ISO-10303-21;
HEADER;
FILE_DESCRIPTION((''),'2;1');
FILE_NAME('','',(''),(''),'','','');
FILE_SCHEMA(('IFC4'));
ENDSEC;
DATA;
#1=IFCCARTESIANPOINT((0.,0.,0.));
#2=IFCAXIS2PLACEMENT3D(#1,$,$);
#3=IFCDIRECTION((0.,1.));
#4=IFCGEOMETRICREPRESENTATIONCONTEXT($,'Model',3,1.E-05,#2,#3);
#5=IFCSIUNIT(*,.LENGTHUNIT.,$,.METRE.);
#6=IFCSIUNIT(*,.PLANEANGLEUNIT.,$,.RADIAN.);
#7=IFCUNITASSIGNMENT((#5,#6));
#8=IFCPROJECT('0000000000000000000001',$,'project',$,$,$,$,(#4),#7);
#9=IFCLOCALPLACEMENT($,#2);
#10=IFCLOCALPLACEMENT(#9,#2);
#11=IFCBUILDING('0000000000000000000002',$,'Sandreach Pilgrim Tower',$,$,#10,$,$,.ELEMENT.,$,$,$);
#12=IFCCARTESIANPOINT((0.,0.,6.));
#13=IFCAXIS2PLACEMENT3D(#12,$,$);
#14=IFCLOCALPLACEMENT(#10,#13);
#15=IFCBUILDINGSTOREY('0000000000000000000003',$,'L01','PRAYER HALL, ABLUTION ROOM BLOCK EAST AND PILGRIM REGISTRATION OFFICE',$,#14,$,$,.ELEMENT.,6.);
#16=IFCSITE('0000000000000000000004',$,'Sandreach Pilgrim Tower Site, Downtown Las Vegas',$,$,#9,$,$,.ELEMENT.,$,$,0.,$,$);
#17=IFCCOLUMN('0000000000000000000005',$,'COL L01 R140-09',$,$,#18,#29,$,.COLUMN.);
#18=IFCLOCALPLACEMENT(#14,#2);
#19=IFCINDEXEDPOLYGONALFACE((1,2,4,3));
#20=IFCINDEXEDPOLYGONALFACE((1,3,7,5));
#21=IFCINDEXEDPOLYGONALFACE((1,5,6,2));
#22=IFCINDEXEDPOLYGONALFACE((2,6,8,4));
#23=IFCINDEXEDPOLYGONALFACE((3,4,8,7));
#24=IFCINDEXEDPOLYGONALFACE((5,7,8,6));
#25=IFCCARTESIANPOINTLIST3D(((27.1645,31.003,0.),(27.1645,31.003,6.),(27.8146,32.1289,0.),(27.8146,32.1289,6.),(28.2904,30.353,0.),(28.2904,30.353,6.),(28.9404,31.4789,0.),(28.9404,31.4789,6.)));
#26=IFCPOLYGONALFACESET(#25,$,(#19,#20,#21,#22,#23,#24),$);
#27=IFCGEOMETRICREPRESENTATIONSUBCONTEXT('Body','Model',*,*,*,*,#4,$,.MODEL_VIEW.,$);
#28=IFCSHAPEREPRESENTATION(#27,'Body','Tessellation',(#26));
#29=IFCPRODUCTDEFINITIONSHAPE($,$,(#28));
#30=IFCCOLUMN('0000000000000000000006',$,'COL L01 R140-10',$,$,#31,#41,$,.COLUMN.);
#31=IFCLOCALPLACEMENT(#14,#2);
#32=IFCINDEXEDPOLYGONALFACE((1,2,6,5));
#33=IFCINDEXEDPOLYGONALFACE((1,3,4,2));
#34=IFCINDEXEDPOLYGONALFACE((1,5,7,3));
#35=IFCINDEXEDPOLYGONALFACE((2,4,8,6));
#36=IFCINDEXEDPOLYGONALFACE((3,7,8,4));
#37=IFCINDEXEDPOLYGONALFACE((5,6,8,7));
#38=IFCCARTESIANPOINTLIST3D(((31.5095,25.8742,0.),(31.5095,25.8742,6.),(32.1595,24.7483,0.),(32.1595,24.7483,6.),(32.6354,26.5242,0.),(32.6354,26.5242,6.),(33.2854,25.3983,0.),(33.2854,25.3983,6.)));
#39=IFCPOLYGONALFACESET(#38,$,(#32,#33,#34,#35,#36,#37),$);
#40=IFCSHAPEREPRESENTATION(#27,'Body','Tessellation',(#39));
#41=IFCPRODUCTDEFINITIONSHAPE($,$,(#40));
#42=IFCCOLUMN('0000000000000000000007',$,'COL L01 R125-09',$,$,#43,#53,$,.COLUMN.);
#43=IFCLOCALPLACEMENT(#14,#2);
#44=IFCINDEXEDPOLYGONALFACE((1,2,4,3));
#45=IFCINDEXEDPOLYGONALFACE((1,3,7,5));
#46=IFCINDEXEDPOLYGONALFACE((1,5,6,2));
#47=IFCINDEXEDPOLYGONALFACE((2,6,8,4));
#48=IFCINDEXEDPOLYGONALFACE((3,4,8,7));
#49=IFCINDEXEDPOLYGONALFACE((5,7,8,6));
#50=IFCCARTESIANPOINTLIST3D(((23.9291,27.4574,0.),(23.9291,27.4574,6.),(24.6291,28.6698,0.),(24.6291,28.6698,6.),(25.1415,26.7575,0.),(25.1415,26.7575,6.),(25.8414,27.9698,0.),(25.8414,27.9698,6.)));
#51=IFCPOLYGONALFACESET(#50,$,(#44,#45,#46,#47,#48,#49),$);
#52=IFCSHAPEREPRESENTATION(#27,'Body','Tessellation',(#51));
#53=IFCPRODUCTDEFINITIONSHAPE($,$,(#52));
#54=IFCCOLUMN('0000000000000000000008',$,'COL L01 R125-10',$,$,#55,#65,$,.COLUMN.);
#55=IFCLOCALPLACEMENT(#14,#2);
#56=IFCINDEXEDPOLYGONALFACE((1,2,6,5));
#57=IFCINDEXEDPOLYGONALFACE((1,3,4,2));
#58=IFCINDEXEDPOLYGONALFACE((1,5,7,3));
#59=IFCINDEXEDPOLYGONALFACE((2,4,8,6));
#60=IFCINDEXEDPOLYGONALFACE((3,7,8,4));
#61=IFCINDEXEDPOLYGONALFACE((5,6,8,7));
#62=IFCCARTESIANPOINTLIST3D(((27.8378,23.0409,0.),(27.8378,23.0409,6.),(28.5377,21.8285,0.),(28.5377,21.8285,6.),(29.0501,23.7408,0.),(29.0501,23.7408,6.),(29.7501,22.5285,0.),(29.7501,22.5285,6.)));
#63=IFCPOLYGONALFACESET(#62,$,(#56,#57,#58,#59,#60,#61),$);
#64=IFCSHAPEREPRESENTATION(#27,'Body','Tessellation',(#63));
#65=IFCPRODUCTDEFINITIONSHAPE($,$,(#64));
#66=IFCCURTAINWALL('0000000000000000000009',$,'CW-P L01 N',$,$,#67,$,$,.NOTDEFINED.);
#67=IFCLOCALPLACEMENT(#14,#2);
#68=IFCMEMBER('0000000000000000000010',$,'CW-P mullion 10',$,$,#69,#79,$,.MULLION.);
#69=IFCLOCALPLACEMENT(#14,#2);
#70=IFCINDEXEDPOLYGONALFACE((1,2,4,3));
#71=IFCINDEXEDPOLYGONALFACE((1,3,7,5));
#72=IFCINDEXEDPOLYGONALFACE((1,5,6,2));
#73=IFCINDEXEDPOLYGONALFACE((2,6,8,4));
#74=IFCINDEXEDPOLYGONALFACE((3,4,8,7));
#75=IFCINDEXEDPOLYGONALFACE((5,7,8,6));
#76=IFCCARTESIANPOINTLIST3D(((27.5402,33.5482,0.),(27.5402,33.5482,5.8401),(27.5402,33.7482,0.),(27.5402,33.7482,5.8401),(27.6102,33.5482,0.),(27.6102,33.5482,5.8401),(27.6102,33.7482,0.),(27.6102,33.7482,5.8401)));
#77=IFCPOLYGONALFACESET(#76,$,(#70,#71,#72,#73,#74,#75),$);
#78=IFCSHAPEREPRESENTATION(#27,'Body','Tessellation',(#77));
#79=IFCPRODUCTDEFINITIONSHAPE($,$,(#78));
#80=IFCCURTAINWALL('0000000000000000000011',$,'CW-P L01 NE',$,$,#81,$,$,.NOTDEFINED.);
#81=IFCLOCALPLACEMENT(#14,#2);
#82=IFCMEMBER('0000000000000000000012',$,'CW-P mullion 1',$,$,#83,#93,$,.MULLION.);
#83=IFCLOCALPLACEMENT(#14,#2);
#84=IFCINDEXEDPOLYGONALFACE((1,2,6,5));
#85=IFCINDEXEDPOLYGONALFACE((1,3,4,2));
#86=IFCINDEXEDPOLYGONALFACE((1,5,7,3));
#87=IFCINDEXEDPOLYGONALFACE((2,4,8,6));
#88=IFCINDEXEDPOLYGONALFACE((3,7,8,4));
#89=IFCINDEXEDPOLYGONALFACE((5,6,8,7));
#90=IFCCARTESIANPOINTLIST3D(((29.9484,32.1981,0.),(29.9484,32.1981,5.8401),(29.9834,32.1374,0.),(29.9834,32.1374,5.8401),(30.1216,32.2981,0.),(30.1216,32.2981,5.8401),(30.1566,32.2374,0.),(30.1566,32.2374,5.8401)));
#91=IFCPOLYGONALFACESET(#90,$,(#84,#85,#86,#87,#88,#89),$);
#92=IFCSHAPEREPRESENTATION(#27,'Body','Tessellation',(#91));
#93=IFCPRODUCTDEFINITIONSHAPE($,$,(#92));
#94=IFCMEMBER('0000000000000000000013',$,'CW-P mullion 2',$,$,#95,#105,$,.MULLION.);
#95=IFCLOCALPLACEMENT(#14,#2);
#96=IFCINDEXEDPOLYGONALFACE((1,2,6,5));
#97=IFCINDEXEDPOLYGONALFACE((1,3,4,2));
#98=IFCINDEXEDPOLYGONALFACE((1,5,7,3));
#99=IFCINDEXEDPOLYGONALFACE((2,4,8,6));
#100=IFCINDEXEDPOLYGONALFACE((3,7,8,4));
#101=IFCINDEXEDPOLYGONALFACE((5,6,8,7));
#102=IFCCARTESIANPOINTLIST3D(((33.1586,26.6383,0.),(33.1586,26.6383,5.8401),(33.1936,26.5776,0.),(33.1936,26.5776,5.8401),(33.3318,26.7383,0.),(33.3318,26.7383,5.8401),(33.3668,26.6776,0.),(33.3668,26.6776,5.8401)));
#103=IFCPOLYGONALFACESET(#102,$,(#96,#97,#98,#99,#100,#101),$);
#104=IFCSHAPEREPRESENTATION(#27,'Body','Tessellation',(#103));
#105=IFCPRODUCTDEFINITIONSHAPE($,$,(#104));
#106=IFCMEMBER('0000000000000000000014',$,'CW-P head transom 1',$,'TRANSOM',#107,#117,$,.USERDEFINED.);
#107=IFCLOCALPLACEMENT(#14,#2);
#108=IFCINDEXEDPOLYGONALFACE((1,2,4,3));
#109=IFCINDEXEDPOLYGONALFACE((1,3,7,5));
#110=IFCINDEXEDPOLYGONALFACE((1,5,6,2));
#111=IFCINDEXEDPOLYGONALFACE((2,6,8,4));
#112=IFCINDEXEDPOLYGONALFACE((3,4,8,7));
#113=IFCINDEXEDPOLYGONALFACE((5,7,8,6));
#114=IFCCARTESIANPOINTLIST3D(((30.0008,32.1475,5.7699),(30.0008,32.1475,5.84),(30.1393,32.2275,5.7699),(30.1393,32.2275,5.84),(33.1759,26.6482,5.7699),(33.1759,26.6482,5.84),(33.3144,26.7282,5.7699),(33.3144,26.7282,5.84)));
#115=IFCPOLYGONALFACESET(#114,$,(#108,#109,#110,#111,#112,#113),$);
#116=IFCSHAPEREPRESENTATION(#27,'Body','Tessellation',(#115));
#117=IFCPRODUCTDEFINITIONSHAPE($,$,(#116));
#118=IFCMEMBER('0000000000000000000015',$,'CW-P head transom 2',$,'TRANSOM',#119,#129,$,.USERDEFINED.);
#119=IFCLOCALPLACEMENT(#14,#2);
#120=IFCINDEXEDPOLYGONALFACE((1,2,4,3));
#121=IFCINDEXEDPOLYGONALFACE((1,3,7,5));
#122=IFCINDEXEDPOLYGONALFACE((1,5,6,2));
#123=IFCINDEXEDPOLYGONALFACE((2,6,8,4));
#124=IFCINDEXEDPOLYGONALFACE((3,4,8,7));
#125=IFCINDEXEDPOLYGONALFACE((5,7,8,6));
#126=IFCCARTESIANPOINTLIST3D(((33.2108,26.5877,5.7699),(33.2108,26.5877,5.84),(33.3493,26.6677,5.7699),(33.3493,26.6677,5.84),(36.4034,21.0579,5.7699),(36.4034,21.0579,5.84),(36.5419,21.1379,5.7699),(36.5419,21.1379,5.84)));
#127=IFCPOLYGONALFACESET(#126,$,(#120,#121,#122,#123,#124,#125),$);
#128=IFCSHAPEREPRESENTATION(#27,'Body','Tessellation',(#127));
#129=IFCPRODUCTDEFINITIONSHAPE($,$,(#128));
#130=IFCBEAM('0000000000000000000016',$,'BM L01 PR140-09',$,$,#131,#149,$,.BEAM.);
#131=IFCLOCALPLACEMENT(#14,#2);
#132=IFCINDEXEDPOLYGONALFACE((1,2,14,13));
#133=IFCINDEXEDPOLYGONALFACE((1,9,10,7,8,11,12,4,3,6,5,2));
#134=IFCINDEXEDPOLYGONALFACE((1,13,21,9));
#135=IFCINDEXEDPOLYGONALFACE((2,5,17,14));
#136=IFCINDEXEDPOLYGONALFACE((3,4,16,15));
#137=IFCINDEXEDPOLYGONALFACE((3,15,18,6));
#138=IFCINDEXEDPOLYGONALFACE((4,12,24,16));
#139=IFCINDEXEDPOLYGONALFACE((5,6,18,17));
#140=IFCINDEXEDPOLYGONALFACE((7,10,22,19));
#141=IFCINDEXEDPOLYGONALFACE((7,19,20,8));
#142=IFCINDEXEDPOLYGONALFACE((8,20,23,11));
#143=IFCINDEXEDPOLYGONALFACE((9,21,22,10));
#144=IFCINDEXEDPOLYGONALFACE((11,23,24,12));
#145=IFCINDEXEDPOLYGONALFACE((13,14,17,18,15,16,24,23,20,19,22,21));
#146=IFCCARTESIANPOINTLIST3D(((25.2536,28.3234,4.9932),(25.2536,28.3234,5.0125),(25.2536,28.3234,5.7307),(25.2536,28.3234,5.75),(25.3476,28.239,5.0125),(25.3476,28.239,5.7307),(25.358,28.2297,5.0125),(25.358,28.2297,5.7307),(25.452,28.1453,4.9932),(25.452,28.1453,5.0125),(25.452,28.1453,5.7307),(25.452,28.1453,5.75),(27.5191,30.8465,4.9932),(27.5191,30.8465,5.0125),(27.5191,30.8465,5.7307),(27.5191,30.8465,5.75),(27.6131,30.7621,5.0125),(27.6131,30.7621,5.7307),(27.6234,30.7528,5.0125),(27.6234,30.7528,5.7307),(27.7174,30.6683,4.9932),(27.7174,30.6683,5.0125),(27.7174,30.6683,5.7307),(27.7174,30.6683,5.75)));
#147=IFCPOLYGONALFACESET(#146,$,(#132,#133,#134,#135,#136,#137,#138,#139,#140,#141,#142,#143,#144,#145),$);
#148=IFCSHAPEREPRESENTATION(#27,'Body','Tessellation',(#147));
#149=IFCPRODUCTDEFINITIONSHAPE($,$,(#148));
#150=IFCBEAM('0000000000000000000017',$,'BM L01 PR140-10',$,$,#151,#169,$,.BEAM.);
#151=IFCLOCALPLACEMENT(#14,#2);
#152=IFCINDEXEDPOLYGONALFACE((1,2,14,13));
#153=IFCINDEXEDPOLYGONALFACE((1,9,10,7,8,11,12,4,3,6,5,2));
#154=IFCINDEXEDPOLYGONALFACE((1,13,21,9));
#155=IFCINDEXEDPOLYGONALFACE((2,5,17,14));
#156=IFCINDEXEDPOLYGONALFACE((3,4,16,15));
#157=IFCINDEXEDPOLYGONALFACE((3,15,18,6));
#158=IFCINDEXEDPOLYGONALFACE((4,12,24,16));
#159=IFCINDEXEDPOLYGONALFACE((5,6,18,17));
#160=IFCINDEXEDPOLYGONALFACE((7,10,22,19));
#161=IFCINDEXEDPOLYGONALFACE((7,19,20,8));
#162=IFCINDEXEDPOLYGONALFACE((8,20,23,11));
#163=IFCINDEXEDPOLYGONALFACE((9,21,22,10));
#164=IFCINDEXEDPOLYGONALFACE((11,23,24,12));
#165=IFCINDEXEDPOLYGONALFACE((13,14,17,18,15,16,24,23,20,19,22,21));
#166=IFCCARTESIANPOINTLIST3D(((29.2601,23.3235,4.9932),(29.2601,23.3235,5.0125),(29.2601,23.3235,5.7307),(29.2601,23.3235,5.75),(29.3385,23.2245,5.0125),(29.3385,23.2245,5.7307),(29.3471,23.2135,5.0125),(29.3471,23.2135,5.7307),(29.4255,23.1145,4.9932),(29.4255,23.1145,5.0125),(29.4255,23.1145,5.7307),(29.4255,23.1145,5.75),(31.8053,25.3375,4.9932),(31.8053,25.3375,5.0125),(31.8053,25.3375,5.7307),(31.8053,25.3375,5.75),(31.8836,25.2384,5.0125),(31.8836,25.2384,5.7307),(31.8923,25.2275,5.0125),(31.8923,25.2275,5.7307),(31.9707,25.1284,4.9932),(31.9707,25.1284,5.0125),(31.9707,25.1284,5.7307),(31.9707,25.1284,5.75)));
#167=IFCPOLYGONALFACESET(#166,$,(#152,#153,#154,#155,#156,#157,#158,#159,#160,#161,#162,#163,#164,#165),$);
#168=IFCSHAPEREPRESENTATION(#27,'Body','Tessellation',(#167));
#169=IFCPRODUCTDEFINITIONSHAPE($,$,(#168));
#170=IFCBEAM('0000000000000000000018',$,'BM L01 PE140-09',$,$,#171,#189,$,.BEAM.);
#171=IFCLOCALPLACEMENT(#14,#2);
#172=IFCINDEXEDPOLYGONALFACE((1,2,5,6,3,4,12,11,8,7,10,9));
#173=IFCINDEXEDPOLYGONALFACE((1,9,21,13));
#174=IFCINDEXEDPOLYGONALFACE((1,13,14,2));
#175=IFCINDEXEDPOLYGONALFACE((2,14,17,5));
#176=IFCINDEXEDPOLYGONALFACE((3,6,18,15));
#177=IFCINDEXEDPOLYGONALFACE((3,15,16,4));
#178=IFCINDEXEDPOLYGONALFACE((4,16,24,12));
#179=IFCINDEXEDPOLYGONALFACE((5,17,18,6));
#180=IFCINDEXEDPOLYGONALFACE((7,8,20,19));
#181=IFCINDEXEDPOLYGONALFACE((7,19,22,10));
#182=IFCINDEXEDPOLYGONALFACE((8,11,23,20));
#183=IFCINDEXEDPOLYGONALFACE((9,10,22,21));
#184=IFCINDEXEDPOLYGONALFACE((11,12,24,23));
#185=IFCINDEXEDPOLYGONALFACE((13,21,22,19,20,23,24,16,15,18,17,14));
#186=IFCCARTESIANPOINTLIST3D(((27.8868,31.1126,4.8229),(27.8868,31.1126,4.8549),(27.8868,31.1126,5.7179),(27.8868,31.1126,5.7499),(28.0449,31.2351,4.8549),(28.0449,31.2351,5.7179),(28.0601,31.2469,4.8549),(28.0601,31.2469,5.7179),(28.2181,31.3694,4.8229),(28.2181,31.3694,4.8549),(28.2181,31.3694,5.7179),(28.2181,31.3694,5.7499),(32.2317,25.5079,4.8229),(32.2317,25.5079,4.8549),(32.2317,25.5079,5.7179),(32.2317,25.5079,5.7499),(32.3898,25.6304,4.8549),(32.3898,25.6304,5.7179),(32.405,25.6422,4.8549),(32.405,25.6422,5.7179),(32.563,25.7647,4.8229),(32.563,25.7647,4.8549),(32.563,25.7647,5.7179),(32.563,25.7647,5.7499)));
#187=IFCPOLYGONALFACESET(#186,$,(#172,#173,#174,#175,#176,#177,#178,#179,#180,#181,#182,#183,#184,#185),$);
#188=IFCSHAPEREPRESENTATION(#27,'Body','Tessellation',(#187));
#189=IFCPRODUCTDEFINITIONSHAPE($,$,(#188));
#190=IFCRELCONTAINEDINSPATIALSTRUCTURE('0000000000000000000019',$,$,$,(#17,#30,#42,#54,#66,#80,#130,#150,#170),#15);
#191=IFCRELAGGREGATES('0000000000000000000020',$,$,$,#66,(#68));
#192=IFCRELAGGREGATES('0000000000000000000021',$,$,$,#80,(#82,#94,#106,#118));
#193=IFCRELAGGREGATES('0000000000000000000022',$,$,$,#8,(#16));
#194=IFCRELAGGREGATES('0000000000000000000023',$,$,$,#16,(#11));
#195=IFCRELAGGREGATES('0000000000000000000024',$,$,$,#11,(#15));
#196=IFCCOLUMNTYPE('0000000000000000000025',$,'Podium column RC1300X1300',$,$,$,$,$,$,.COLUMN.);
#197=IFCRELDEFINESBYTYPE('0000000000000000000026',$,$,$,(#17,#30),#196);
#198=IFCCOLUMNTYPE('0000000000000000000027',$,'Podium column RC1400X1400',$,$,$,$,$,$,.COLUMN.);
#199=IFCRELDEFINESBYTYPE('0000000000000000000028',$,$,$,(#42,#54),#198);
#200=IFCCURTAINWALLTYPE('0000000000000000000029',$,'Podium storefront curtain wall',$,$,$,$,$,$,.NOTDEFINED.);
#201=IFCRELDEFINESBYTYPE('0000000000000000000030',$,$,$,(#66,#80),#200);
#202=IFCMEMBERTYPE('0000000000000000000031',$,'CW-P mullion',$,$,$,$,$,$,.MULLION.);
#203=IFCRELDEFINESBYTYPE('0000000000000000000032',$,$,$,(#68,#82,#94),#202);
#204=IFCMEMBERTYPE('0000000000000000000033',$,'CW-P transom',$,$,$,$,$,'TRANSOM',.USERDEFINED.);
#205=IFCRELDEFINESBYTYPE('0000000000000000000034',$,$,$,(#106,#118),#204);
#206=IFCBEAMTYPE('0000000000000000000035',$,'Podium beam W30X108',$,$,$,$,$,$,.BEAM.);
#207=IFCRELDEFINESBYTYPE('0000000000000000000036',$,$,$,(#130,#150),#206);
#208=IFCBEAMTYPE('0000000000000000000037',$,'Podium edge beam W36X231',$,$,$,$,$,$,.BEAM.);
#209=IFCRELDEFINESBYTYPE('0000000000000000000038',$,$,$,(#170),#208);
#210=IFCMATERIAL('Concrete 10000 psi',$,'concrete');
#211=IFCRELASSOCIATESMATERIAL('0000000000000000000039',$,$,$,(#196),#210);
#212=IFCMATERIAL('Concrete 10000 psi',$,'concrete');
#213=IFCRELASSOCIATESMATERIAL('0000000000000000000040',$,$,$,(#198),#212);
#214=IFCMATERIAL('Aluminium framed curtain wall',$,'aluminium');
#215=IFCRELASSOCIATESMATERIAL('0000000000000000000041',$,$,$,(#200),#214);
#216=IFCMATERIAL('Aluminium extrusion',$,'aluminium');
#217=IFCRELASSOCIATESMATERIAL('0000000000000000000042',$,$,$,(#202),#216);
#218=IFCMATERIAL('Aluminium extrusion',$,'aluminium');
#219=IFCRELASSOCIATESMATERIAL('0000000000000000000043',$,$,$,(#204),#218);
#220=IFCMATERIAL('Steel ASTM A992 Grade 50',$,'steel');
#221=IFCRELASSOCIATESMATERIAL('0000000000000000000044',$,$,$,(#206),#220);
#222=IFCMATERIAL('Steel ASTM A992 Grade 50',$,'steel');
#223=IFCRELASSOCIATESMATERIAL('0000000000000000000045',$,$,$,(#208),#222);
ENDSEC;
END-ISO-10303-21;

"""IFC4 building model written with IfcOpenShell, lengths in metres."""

from ifc_helpers import new_model, si_unit, direction, frame, origin, origin_2d, place, context, subcontext, project, spatial, rectangle, i_section, extrude, material, material_profile, profile_set, type_object, element, aggregate, save


model = new_model("IFC4")

# Units and contexts
model_context = context("Model", 3, precision=1e-05, world=origin(), true_north=direction((0.0, 1.0)))
body_context = subcontext(model_context, "Body", "Model", "MODEL_VIEW")
ifc_project = project(units=[si_unit("LENGTHUNIT", "METRE"), si_unit("PLANEANGLEUNIT", "RADIAN")], contexts=[model_context])

# Site, building, storey
site_placement = place(None, origin())
site = spatial("IfcSite", under=ifc_project, at=site_placement, Name="Sandreach Pilgrim Tower Site, Downtown Las Vegas", CompositionType="ELEMENT", RefElevation=0.0)
building_placement = place(site_placement, origin())
building = spatial("IfcBuilding", under=site, at=building_placement, Name="Sandreach Pilgrim Tower", CompositionType="ELEMENT")
storey_placement = place(building_placement, frame((0.0, 0.0, 6.0)))
storey = spatial("IfcBuildingStorey", under=building, at=storey_placement, Name="L01", Description="PRAYER HALL, ABLUTION ROOM BLOCK EAST AND PILGRIM REGISTRATION OFFICE", CompositionType="ELEMENT", Elevation=6.0)

# Columns
ifc_material_1 = material(Name="Concrete 10000 psi", Category="concrete")
ifc_material_profile_1 = material_profile(ifc_material_1, rectangle(XDim=1.3, YDim=1.3, at=origin_2d()), Name="RC1300X1300")
ifc_profile_set_1 = profile_set([ifc_material_profile_1], Name="Concrete 10000 psi")
column_type_1 = type_object("IfcColumnType", Name="Podium column RC1300X1300", PredefinedType="COLUMN", material=ifc_profile_set_1)
for number, where, z_axis, x_axis, name in (
    (1, (28.0525, 31.241, 0.0), (0.0, 0.0, 1.0), (0.5, 0.866025, 0.0), "COL L01 R140-09"),
    (2, (32.3975, 25.6362, 0.0), (0.0, 0.0, 1.0), (0.866025, 0.5, 0.0), "COL L01 R140-10"),
):
    element("IfcColumn", number, at=place(storey_placement, frame(where, z_axis=z_axis, x_axis=x_axis)), inside=storey, type_object=column_type_1, Name=name, PredefinedType="COLUMN", context=body_context, shape_type="SweptSolid", body=[
        extrude(rectangle(XDim=1.3, YDim=1.3, at=origin_2d()), origin(), (0.0, 0.0, 1.0), 6.0),
    ])
ifc_material_2 = material(Name="Concrete 10000 psi", Category="concrete")
ifc_material_profile_2 = material_profile(ifc_material_2, rectangle(XDim=1.3999, YDim=1.3999, at=origin_2d()), Name="RC1400X1400")
ifc_profile_set_2 = profile_set([ifc_material_profile_2], Name="Concrete 10000 psi")
column_type_2 = type_object("IfcColumnType", Name="Podium column RC1400X1400", PredefinedType="COLUMN", material=ifc_profile_set_2)
for number, where, z_axis, x_axis, name in (
    (3, (24.8853, 27.7136, 0.0), (0.0, 0.0, 1.0), (0.5, 0.866025, 0.0), "COL L01 R125-09"),
    (4, (28.7939, 22.7847, 0.0), (0.0, 0.0, 1.0), (0.866025, 0.5, 0.0), "COL L01 R125-10"),
):
    element("IfcColumn", number, at=place(storey_placement, frame(where, z_axis=z_axis, x_axis=x_axis)), inside=storey, type_object=column_type_2, Name=name, PredefinedType="COLUMN", context=body_context, shape_type="SweptSolid", body=[
        extrude(rectangle(XDim=1.3999, YDim=1.3999, at=origin_2d()), origin(), (0.0, 0.0, 1.0), 6.0),
    ])

# Curtain wall, member
ifc_material_3 = material(Name="Aluminium framed curtain wall", Category="aluminium")
curtain_wall_type = type_object("IfcCurtainWallType", Name="Podium storefront curtain wall", PredefinedType="NOTDEFINED", material=ifc_material_3)
curtain_wall_1_placement = place(storey_placement, origin())
curtain_wall_1 = element("IfcCurtainWall", 5, at=curtain_wall_1_placement, inside=storey, type_object=curtain_wall_type, Name="CW-P L01 N", PredefinedType="NOTDEFINED")
ifc_material_4 = material(Name="Aluminium extrusion", Category="aluminium")
ifc_material_profile_3 = material_profile(ifc_material_4, rectangle(XDim=0.0701, YDim=0.2, at=origin_2d()), Name="CW-PM 70X200")
ifc_profile_set_3 = profile_set([ifc_material_profile_3], Name="Aluminium extrusion")
member_type_1 = type_object("IfcMemberType", Name="CW-P mullion", PredefinedType="MULLION", material=ifc_profile_set_3)
member_1_placement = place(storey_placement, frame((27.5752, 33.6482, 0.0), z_axis=(0.0, 0.0, 1.0), x_axis=(1.0, 0.0, 0.0)))
member_1 = element("IfcMember", 6, at=member_1_placement, type_object=member_type_1, Name="CW-P mullion 10", PredefinedType="MULLION", context=body_context, shape_type="SweptSolid", body=[
    extrude(rectangle(XDim=0.0701, YDim=0.2, at=origin_2d()), origin(), (0.0, 0.0, 1.0), 5.8401),
])

# Curtain wall, members
curtain_wall_2_placement = place(storey_placement, origin())
curtain_wall_2 = element("IfcCurtainWall", 7, at=curtain_wall_2_placement, inside=storey, type_object=curtain_wall_type, Name="CW-P L01 NE", PredefinedType="NOTDEFINED")
member_2_placement = place(storey_placement, frame((30.0525, 32.2178, 0.0), z_axis=(0.0, 0.0, 1.0), x_axis=(0.5, -0.866025, 0.0)))
member_2 = element("IfcMember", 8, at=member_2_placement, type_object=member_type_1, Name="CW-P mullion 1", PredefinedType="MULLION", context=body_context, shape_type="SweptSolid", body=[
    extrude(rectangle(XDim=0.0701, YDim=0.2, at=origin_2d()), origin(), (0.0, 0.0, 1.0), 5.8401),
])
member_3_placement = place(storey_placement, frame((33.2627, 26.658, 0.0), z_axis=(0.0, 0.0, 1.0), x_axis=(0.5, -0.866025, 0.0)))
member_3 = element("IfcMember", 9, at=member_3_placement, type_object=member_type_1, Name="CW-P mullion 2", PredefinedType="MULLION", context=body_context, shape_type="SweptSolid", body=[
    extrude(rectangle(XDim=0.0701, YDim=0.2, at=origin_2d()), origin(), (0.0, 0.0, 1.0), 5.8401),
])
ifc_material_5 = material(Name="Aluminium extrusion", Category="aluminium")
ifc_material_profile_4 = material_profile(ifc_material_5, rectangle(XDim=0.1599, YDim=0.0701, at=origin_2d()), Name="CW-PT 160X70")
ifc_profile_set_4 = profile_set([ifc_material_profile_4], Name="Aluminium extrusion")
member_type_2 = type_object("IfcMemberType", Name="CW-P transom", ElementType="TRANSOM", PredefinedType="USERDEFINED", material=ifc_profile_set_4)
member_4_placement = place(storey_placement, frame((30.0701, 32.1875, 5.8049), z_axis=(0.500005, -0.866022, 0.0), x_axis=(0.866022, 0.500005, 0.0)))
member_4 = element("IfcMember", 10, at=member_4_placement, type_object=member_type_2, Name="CW-P head transom 1", ObjectType="TRANSOM", PredefinedType="USERDEFINED", context=body_context, shape_type="SweptSolid", body=[
    extrude(rectangle(XDim=0.1599, YDim=0.0701, at=origin_2d()), origin(), (0.0, 0.0, 1.0), 6.3501),
])
member_5_placement = place(storey_placement, frame((33.28, 26.6277, 5.8049), z_axis=(0.5, -0.866025, 0.0), x_axis=(0.866025, 0.5, 0.0)))
member_5 = element("IfcMember", 11, at=member_5_placement, type_object=member_type_2, Name="CW-P head transom 2", ObjectType="TRANSOM", PredefinedType="USERDEFINED", context=body_context, shape_type="SweptSolid", body=[
    extrude(rectangle(XDim=0.1599, YDim=0.0701, at=origin_2d()), origin(), (0.0, 0.0, 1.0), 6.3853),
])

# Beams
ifc_material_6 = material(Name="Steel ASTM A992 Grade 50", Category="steel")
ifc_material_profile_5 = material_profile(ifc_material_6, i_section(OverallWidth=0.2666, OverallDepth=0.7568, WebThickness=0.0139, FlangeThickness=0.0193, at=origin_2d()), Name="W30X108")
ifc_profile_set_5 = profile_set([ifc_material_profile_5], Name="Steel ASTM A992 Grade 50")
beam_type_1 = type_object("IfcBeamType", Name="Podium beam W30X108", PredefinedType="BEAM", material=ifc_profile_set_5)
beam_1_placement = place(storey_placement, frame((25.3528, 28.2344, 5.3716), z_axis=(0.668105, 0.744067, 0.0), x_axis=(-0.744067, 0.668105, 0.0)))
element("IfcBeam", 12, at=beam_1_placement, inside=storey, type_object=beam_type_1, Name="BM L01 PR140-09", PredefinedType="BEAM", context=body_context, shape_type="SweptSolid", body=[
    extrude(i_section(OverallWidth=0.2666, OverallDepth=0.7568, WebThickness=0.0139, FlangeThickness=0.0193, at=origin_2d()), origin(), (0.0, 0.0, 1.0), 3.3909),
])
beam_2_placement = place(storey_placement, frame((29.3428, 23.219, 5.3716), z_axis=(0.784197, 0.620512, 0.0), x_axis=(-0.620512, 0.784197, 0.0)))
element("IfcBeam", 13, at=beam_2_placement, inside=storey, type_object=beam_type_1, Name="BM L01 PR140-10", PredefinedType="BEAM", context=body_context, shape_type="SweptSolid", body=[
    extrude(i_section(OverallWidth=0.2666, OverallDepth=0.7568, WebThickness=0.0139, FlangeThickness=0.0193, at=origin_2d()), origin(), (0.0, 0.0, 1.0), 3.2456),
])
ifc_material_7 = material(Name="Steel ASTM A992 Grade 50", Category="steel")
ifc_material_profile_6 = material_profile(ifc_material_7, i_section(OverallWidth=0.4192, OverallDepth=0.927, WebThickness=0.0193, FlangeThickness=0.032, at=origin_2d()), Name="W36X231")
ifc_profile_set_6 = profile_set([ifc_material_profile_6], Name="Steel ASTM A992 Grade 50")
beam_type_2 = type_object("IfcBeamType", Name="Podium edge beam W36X231", PredefinedType="BEAM", material=ifc_profile_set_6)
beam_3_placement = place(storey_placement, frame((28.0525, 31.241, 5.2864), z_axis=(0.612686, -0.790326, 0.0), x_axis=(0.790326, 0.612686, 0.0)))
element("IfcBeam", 14, at=beam_3_placement, inside=storey, type_object=beam_type_2, Name="BM L01 PE140-09", PredefinedType="BEAM", context=body_context, shape_type="SweptSolid", body=[
    extrude(i_section(OverallWidth=0.4192, OverallDepth=0.927, WebThickness=0.0193, FlangeThickness=0.032, at=origin_2d()), origin(), (0.0, 0.0, 1.0), 7.0916),
])

aggregate(curtain_wall_1, [member_1])
aggregate(curtain_wall_2, [member_2, member_3, member_4, member_5])

save(model, "model.ifc")
